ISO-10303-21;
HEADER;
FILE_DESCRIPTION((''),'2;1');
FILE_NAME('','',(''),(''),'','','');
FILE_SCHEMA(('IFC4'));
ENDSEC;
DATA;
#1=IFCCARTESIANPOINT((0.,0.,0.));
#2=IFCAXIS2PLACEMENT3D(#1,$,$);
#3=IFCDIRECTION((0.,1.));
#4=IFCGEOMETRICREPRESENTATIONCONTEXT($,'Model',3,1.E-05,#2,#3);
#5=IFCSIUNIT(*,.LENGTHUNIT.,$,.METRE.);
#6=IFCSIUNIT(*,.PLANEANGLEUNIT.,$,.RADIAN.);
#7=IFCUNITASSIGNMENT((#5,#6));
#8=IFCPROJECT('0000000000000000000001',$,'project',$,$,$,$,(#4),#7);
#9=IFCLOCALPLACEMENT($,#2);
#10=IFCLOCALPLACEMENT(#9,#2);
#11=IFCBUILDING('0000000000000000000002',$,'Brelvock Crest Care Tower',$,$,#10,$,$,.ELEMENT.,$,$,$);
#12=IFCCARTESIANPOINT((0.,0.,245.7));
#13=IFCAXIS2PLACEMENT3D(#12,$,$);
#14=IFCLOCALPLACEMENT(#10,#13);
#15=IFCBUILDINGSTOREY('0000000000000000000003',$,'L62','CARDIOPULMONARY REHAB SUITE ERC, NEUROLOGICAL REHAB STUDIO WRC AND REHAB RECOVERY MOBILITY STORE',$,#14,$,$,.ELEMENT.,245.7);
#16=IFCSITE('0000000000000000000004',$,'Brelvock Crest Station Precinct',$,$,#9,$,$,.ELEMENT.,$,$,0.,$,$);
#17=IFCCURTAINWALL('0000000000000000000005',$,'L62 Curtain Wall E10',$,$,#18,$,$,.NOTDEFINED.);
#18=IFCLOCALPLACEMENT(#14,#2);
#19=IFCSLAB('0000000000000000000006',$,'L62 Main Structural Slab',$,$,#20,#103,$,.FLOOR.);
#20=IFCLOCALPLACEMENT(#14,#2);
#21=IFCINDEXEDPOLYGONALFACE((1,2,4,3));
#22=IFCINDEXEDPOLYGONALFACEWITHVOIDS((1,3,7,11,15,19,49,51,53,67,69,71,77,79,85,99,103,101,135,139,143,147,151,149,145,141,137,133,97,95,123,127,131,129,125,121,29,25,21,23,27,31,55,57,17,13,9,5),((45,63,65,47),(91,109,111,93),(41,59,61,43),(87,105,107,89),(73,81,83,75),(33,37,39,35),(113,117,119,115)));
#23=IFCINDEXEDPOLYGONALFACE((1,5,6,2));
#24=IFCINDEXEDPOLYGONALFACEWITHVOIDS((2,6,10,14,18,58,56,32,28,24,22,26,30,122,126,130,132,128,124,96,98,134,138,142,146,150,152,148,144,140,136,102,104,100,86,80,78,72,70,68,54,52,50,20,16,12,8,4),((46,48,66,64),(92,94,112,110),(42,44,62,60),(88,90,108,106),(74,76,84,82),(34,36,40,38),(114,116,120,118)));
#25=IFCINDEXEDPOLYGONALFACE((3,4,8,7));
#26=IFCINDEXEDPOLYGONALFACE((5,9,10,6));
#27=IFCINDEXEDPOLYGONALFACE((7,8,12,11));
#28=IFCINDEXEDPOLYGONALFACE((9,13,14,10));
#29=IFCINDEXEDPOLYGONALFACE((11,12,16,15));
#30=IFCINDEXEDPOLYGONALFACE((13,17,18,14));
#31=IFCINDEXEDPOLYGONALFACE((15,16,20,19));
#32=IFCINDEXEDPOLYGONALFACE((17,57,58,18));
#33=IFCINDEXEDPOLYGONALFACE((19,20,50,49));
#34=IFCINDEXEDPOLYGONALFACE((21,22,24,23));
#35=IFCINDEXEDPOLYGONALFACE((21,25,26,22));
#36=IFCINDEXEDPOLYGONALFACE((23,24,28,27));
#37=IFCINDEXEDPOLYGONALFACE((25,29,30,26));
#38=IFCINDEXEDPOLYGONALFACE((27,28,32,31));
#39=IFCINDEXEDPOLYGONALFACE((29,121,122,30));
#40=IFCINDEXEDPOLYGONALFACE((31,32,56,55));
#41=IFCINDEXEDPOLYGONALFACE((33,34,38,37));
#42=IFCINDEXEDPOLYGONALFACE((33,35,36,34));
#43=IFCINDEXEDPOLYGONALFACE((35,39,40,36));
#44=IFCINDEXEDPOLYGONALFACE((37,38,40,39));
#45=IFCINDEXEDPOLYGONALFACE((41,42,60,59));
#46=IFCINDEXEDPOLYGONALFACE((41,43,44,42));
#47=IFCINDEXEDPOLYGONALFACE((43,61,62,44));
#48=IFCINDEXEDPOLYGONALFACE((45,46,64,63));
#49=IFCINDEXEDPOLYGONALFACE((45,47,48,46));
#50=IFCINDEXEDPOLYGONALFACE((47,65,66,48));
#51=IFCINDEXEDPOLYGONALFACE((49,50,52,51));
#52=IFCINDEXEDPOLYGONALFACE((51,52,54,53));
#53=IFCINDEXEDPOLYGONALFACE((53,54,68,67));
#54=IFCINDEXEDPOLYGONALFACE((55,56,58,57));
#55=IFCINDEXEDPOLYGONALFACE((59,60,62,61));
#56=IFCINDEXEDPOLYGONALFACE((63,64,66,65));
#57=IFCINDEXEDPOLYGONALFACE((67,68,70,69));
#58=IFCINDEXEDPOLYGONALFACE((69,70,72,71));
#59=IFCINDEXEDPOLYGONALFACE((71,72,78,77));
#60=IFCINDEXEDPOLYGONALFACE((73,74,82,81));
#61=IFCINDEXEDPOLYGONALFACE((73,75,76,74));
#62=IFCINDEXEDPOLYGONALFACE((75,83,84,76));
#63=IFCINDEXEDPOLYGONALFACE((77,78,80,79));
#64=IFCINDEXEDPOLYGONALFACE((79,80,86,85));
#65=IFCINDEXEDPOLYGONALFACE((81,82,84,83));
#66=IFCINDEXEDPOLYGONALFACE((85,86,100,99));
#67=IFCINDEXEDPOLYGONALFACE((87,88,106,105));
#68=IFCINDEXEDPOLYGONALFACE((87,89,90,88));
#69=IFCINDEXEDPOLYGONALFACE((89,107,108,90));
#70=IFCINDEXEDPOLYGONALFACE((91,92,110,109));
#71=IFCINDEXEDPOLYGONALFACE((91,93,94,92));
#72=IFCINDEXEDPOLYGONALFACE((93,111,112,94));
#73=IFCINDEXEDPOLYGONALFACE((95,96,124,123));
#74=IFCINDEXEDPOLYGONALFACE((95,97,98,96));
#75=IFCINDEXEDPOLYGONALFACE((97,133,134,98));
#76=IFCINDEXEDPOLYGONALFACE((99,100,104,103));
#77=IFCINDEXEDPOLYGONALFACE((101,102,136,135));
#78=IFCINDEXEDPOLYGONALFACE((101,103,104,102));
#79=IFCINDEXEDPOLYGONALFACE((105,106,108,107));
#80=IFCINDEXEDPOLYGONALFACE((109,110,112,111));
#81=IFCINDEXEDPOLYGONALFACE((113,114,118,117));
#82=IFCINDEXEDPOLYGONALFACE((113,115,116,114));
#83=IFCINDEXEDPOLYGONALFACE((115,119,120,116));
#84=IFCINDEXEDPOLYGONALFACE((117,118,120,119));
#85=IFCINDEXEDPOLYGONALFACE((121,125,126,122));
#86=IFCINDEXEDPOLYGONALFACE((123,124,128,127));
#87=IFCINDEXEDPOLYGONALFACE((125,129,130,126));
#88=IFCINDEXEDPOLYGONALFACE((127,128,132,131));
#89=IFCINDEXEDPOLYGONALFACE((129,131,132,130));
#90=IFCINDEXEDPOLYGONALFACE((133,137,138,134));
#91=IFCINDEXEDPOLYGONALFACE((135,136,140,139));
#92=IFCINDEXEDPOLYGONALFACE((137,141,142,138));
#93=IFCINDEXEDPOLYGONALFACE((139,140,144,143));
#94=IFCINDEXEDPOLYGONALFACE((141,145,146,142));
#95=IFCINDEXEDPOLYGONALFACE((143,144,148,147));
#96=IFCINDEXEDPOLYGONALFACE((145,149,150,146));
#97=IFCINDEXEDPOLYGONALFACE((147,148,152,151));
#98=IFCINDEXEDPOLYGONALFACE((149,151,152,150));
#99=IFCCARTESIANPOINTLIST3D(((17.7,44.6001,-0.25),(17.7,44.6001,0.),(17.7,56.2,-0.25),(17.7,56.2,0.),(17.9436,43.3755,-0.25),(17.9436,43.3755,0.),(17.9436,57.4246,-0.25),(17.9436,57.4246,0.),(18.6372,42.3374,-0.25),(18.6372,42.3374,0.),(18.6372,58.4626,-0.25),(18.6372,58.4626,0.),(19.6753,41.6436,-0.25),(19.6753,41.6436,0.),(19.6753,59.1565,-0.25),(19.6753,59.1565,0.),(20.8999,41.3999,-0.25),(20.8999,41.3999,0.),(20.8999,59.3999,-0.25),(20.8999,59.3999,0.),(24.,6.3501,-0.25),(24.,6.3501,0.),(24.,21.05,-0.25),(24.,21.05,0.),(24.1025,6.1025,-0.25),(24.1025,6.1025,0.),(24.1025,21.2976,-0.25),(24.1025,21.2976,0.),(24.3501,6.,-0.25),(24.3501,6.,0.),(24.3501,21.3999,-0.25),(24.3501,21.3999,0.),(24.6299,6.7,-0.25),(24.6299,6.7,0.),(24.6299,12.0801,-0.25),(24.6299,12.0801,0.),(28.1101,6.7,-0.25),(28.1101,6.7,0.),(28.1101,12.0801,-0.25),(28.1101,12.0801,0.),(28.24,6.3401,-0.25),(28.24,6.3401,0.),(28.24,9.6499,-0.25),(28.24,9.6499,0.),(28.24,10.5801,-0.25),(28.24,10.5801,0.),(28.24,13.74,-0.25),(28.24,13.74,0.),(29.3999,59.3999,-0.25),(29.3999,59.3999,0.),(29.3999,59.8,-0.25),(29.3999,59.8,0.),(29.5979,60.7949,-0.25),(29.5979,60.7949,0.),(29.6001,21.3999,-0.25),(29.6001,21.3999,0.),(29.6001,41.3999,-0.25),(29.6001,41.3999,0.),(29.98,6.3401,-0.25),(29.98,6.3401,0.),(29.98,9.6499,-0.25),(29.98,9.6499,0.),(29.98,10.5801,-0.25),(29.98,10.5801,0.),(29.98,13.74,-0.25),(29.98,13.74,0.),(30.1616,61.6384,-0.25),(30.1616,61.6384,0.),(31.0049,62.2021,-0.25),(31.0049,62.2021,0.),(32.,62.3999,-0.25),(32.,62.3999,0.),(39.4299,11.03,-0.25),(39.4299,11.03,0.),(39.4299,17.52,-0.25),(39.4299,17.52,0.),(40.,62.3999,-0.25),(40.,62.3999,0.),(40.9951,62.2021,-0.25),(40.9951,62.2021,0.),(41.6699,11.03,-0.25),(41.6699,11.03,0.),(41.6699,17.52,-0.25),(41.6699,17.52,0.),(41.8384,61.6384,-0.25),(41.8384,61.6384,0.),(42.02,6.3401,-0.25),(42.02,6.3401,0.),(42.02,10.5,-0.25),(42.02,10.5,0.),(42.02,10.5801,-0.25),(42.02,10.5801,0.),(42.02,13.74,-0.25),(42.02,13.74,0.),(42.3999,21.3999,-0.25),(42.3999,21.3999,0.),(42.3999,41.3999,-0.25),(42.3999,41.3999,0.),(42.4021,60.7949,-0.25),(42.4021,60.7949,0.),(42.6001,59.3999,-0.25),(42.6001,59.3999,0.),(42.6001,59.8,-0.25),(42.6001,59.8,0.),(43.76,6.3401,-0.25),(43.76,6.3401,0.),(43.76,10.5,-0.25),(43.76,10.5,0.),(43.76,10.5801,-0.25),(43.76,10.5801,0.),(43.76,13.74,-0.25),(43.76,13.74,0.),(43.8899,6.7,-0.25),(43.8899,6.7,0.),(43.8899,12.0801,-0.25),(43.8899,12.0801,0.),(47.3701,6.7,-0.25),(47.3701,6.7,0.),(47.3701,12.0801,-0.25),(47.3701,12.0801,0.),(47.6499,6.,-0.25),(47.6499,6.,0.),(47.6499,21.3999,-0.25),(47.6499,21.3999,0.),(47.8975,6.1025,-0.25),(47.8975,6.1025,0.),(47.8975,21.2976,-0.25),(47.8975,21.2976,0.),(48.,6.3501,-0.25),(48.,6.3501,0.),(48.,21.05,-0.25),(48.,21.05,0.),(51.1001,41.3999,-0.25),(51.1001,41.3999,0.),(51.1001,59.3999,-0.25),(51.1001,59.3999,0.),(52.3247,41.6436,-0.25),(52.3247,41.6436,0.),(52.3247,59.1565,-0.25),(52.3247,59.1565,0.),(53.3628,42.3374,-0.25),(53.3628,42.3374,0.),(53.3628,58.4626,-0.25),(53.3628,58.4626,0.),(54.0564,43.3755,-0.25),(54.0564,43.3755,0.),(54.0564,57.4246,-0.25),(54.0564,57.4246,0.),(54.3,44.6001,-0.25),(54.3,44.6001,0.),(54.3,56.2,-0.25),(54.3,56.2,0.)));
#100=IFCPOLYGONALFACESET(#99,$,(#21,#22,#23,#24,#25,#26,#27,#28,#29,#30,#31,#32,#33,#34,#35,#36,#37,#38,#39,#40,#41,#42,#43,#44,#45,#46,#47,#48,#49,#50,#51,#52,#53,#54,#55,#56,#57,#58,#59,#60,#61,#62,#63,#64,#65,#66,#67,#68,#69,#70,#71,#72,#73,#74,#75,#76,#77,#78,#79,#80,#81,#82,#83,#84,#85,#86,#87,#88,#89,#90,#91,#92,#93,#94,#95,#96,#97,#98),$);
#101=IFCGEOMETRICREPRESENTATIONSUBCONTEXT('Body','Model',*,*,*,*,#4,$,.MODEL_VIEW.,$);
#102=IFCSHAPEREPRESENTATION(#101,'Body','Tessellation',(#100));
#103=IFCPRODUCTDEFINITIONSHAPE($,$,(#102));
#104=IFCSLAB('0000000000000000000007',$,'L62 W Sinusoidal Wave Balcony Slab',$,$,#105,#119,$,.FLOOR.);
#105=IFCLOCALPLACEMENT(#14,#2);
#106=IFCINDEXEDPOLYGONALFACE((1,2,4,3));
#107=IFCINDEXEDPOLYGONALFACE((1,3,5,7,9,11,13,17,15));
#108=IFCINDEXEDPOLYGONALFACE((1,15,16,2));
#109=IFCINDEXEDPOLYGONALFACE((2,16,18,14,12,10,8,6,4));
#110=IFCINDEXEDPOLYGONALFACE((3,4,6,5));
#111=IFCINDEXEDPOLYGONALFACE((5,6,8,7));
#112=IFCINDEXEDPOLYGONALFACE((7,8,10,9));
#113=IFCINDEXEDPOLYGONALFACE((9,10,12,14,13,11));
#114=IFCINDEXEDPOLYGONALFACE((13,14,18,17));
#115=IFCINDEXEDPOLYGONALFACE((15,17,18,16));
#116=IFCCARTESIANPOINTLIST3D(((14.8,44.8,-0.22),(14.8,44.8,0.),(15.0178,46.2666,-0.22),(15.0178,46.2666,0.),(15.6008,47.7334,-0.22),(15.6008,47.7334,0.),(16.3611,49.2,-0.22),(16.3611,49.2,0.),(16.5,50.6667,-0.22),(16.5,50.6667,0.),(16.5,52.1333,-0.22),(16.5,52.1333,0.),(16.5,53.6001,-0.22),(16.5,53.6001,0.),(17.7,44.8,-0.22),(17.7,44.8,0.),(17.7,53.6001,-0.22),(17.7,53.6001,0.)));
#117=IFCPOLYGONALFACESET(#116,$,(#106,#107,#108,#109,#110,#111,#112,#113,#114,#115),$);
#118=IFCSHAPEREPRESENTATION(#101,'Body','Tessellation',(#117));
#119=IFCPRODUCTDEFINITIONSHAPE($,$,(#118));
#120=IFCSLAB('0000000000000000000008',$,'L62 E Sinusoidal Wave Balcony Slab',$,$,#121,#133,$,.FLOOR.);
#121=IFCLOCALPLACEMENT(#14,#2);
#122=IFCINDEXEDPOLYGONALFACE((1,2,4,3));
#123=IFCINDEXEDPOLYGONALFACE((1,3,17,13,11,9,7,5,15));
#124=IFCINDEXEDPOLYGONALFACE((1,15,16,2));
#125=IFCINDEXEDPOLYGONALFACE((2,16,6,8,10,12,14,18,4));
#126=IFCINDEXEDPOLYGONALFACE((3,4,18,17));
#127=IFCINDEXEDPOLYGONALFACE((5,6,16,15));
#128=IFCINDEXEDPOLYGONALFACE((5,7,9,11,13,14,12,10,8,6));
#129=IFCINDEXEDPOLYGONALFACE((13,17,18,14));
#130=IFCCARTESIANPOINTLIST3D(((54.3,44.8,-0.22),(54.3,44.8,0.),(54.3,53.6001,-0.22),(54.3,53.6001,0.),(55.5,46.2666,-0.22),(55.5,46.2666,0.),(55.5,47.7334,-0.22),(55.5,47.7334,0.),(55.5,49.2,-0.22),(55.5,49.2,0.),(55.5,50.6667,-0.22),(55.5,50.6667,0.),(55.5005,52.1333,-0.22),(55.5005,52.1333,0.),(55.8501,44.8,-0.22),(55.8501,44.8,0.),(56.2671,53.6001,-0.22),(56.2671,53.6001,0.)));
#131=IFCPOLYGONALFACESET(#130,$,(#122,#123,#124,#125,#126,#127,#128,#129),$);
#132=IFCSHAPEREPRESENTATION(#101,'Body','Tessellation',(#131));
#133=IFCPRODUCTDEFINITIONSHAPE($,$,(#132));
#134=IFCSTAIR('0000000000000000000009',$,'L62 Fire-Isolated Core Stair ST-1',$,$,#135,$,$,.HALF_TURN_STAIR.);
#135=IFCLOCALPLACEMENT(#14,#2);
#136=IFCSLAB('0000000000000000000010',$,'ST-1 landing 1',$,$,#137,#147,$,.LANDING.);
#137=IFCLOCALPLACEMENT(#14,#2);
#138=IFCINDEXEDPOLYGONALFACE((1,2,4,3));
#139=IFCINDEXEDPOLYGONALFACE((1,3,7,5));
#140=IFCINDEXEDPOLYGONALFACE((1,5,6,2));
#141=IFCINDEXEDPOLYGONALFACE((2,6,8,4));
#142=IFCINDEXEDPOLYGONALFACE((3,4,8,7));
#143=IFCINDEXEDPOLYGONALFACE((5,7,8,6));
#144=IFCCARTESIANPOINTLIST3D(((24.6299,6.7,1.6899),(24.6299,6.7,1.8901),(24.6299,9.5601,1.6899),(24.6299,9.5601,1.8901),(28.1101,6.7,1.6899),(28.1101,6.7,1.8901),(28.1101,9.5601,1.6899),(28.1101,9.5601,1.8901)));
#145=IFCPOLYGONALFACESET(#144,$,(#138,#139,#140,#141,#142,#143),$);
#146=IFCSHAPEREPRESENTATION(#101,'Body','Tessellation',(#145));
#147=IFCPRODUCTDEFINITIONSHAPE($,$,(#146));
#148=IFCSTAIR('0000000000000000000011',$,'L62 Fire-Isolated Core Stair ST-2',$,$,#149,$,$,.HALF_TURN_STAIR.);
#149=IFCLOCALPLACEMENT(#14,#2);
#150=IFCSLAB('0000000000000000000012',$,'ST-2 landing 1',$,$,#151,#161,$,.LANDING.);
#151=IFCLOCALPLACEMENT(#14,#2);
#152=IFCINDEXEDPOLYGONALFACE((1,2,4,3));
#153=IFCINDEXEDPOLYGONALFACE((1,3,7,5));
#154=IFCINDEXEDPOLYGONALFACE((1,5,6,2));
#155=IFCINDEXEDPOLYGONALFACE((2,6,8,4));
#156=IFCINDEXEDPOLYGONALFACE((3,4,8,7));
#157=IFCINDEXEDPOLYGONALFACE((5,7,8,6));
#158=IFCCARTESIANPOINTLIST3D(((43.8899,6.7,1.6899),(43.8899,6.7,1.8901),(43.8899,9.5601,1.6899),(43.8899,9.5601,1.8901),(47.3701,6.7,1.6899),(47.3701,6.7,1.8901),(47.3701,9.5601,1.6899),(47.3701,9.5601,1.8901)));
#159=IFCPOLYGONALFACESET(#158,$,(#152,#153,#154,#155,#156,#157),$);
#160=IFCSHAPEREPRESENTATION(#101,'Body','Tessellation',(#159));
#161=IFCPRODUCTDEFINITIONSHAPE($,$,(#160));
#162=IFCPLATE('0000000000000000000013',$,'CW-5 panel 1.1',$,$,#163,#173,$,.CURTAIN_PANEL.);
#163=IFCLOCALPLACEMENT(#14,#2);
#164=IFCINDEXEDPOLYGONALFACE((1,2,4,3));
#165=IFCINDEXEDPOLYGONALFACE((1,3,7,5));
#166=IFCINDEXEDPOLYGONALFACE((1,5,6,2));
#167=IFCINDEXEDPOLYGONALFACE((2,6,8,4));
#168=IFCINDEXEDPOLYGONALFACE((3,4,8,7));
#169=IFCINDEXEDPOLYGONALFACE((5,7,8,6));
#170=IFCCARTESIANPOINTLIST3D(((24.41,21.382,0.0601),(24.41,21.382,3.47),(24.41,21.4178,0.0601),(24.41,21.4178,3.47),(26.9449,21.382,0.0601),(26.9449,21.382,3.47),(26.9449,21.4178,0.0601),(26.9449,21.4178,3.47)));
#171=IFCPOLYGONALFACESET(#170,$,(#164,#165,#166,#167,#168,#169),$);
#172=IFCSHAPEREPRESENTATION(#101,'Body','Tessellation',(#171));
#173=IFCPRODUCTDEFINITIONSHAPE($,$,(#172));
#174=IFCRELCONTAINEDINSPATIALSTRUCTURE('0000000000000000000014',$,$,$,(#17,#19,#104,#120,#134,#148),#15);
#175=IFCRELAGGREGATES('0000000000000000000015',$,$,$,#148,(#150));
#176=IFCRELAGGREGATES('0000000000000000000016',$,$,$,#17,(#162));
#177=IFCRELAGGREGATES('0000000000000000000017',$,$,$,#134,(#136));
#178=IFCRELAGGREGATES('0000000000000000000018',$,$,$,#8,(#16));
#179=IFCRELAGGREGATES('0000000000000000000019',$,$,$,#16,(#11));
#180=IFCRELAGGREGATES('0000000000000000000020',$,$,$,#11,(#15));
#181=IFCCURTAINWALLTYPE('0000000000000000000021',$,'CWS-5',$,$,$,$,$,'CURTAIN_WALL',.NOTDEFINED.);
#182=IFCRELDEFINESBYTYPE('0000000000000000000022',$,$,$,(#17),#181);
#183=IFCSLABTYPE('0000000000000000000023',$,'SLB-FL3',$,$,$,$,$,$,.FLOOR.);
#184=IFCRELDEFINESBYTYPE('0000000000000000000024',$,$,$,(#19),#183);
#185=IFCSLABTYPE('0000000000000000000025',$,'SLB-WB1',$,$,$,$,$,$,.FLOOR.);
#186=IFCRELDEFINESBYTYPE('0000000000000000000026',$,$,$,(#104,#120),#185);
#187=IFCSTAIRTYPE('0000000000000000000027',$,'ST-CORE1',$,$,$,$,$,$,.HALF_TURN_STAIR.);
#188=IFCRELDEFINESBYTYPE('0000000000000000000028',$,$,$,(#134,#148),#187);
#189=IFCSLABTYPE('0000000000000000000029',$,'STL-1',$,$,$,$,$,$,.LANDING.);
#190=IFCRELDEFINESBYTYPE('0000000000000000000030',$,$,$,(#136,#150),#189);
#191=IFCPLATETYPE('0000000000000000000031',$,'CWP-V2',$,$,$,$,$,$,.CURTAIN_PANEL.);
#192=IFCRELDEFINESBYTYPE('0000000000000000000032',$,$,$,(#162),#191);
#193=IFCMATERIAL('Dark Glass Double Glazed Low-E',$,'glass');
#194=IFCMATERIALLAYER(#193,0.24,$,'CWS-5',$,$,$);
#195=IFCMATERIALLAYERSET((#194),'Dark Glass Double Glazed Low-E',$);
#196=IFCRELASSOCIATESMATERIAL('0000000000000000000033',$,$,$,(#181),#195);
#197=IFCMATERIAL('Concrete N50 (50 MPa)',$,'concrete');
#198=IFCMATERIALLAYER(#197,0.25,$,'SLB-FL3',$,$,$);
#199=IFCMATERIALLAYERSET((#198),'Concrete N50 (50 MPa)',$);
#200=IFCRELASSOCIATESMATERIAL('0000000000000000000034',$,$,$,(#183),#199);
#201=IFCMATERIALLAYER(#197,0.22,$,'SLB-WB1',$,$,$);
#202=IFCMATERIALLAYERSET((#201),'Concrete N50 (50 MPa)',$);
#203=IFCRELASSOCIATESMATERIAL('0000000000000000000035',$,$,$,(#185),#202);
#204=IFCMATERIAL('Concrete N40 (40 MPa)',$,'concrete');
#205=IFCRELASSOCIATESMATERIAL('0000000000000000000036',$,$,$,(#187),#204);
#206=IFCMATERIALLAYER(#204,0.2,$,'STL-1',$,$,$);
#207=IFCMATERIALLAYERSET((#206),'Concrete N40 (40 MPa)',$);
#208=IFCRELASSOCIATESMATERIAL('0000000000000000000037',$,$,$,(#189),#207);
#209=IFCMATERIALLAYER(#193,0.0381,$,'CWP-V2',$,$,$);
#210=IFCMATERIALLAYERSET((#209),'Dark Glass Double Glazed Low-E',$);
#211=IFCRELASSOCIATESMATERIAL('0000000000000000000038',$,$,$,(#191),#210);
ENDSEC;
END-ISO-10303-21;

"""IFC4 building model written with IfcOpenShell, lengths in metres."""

from ifc_helpers import new_model, si_unit, direction, frame, origin, origin_2d, place, context, subcontext, project, spatial, polyline, rectangle, outline, extrude, source, transform, mapped, material, layer, layer_set, type_object, element, aggregate, save


model = new_model("IFC4")

# Units and contexts
model_context = context("Model", 3, precision=1e-05, world=origin(), true_north=direction((0.0, 1.0)))
body_context = subcontext(model_context, "Body", "Model", "MODEL_VIEW")
ifc_project = project(units=[si_unit("LENGTHUNIT", "METRE"), si_unit("PLANEANGLEUNIT", "RADIAN")], contexts=[model_context])

# Site, building, storey
site_placement = place(None, origin())
site = spatial("IfcSite", under=ifc_project, at=site_placement, Name="Brelvock Crest Station Precinct", CompositionType="ELEMENT", RefElevation=0.0)
building_placement = place(site_placement, origin())
building = spatial("IfcBuilding", under=site, at=building_placement, Name="Brelvock Crest Care Tower", CompositionType="ELEMENT")
storey_placement = place(building_placement, frame((0.0, 0.0, 245.7)))
storey = spatial("IfcBuildingStorey", under=building, at=storey_placement, Name="L62", Description="CARDIOPULMONARY REHAB SUITE ERC, NEUROLOGICAL REHAB STUDIO WRC AND REHAB RECOVERY MOBILITY STORE", CompositionType="ELEMENT", Elevation=245.7)

# Curtain wall
ifc_material_1 = material(Name="Dark Glass Double Glazed Low-E", Category="glass")
ifc_layer_1 = layer(ifc_material_1, 0.24, Name="CWS-5")
ifc_layer_set_1 = layer_set([ifc_layer_1], Name="Dark Glass Double Glazed Low-E")
curtain_wall_type = type_object("IfcCurtainWallType", Name="CWS-5", ElementType="CURTAIN_WALL", PredefinedType="NOTDEFINED", material=ifc_layer_set_1)
curtain_wall_placement = place(storey_placement, origin())
curtain_wall = element("IfcCurtainWall", 1, at=curtain_wall_placement, inside=storey, type_object=curtain_wall_type, Name="L62 Curtain Wall E10", PredefinedType="NOTDEFINED")

# Slabs
ifc_material_2 = material(Name="Concrete N50 (50 MPa)", Category="concrete")
ifc_layer_2 = layer(ifc_material_2, 0.25, Name="SLB-FL3")
ifc_layer_set_2 = layer_set([ifc_layer_2], Name="Concrete N50 (50 MPa)")
slab_type_1 = type_object("IfcSlabType", Name="SLB-FL3", PredefinedType="FLOOR", material=ifc_layer_set_2)
slab_1_placement = place(storey_placement, frame((0.0, 0.0, -0.25)))
element("IfcSlab", 2, at=slab_1_placement, inside=storey, type_object=slab_type_1, Name="L62 Main Structural Slab", PredefinedType="FLOOR", context=body_context, shape_type="SweptSolid", body=[
    extrude(outline(polyline([(47.6499, 21.3999), (42.3999, 21.3999), (42.3999, 41.3999), (51.1001, 41.3999), (52.3247, 41.6436), (53.3628, 42.3374), (54.0564, 43.3755), (54.3, 44.6001), (54.3, 56.2), (54.0564, 57.4246), (53.3628, 58.4626), (52.3247, 59.1565), (51.1001, 59.3999), (42.6001, 59.3999), (42.6001, 59.8), (42.4021, 60.7949), (41.8384, 61.6384), (40.9951, 62.2021), (40.0, 62.3999), (32.0, 62.3999), (31.0049, 62.2021), (30.1616, 61.6384), (29.5979, 60.7949), (29.3999, 59.8), (29.3999, 59.3999), (20.8999, 59.3999), (19.6753, 59.1565), (18.6372, 58.4626), (17.9436, 57.4246), (17.7, 56.2), (17.7, 44.6001), (17.9436, 43.3755), (18.6372, 42.3374), (19.6753, 41.6436), (20.8999, 41.3999), (29.6001, 41.3999), (29.6001, 21.3999), (24.3501, 21.3999), (24.1025, 21.2976), (24.0, 21.05), (24.0, 6.3501), (24.1025, 6.1025), (24.3501, 6.0), (47.6499, 6.0), (47.8975, 6.1025), (48.0, 6.3501), (48.0, 21.05), (47.8975, 21.2976), (47.6499, 21.3999)]), holes=[polyline([(28.24, 10.5801), (29.98, 10.5801), (29.98, 13.74), (28.24, 13.74), (28.24, 10.5801)]), polyline([(42.02, 10.5801), (43.76, 10.5801), (43.76, 13.74), (42.02, 13.74), (42.02, 10.5801)]), polyline([(28.24, 6.3401), (29.98, 6.3401), (29.98, 9.6499), (28.24, 9.6499), (28.24, 6.3401)]), polyline([(24.6299, 12.0801), (24.6299, 6.7), (28.1101, 6.7), (28.1101, 12.0801), (24.6299, 12.0801)]), polyline([(43.8899, 12.0801), (43.8899, 6.7), (47.3701, 6.7), (47.3701, 12.0801), (43.8899, 12.0801)]), polyline([(42.02, 6.3401), (43.76, 6.3401), (43.76, 10.5), (42.02, 10.5), (42.02, 6.3401)]), polyline([(39.4299, 11.03), (41.6699, 11.03), (41.6699, 17.52), (39.4299, 17.52), (39.4299, 11.03)])]), origin(), (0.0, 0.0, 1.0), 0.25),
])
ifc_layer_3 = layer(ifc_material_2, 0.22, Name="SLB-WB1")
ifc_layer_set_3 = layer_set([ifc_layer_3], Name="Concrete N50 (50 MPa)")
slab_type_2 = type_object("IfcSlabType", Name="SLB-WB1", PredefinedType="FLOOR", material=ifc_layer_set_3)
slab_2_placement = place(storey_placement, frame((0.0, 0.0, -0.22)))
element("IfcSlab", 3, at=slab_2_placement, inside=storey, type_object=slab_type_2, Name="L62 W Sinusoidal Wave Balcony Slab", PredefinedType="FLOOR", context=body_context, shape_type="SweptSolid", body=[
    extrude(outline(polyline([(17.7, 53.6001), (16.5, 53.6001), (16.5, 52.1333), (16.5, 50.6667), (16.3611, 49.2), (15.6008, 47.7334), (15.0178, 46.2666), (14.8, 44.8), (17.7, 44.8), (17.7, 53.6001)])), origin(), (0.0, 0.0, 1.0), 0.22),
])
slab_3_placement = place(storey_placement, frame((0.0, 0.0, -0.22)))
element("IfcSlab", 4, at=slab_3_placement, inside=storey, type_object=slab_type_2, Name="L62 E Sinusoidal Wave Balcony Slab", PredefinedType="FLOOR", context=body_context, shape_type="SweptSolid", body=[
    extrude(outline(polyline([(54.3, 44.8), (55.8501, 44.8), (55.5, 46.2666), (55.5, 47.7334), (55.5, 49.2), (55.5, 50.6667), (55.5005, 52.1333), (56.2671, 53.6001), (54.3, 53.6001), (54.3, 44.8)])), origin(), (0.0, 0.0, 1.0), 0.22),
])

# Stairs, slabs
ifc_material_3 = material(Name="Concrete N40 (40 MPa)", Category="concrete")
stair_type = type_object("IfcStairType", Name="ST-CORE1", PredefinedType="HALF_TURN_STAIR", material=ifc_material_3)
stair_1_placement = place(storey_placement, origin())
stair_1 = element("IfcStair", 5, at=stair_1_placement, inside=storey, type_object=stair_type, Name="L62 Fire-Isolated Core Stair ST-1", PredefinedType="HALF_TURN_STAIR")
ifc_layer_4 = layer(ifc_material_3, 0.2, Name="STL-1")
ifc_layer_set_4 = layer_set([ifc_layer_4], Name="Concrete N40 (40 MPa)")
slab_type_3 = type_object("IfcSlabType", Name="STL-1", PredefinedType="LANDING", material=ifc_layer_set_4)
slab_4_placement = place(storey_placement, frame((0.0, 0.0, 1.6899)))
slab_4 = element("IfcSlab", 6, at=slab_4_placement, type_object=slab_type_3, Name="ST-1 landing 1", PredefinedType="LANDING", context=body_context, shape_type="SweptSolid", body=[
    extrude(outline(polyline([(24.6299, 9.5601), (24.6299, 6.7), (28.1101, 6.7), (28.1101, 9.5601), (24.6299, 9.5601)])), origin(), (0.0, 0.0, 1.0), 0.2002),
])
stair_2_placement = place(storey_placement, origin())
stair_2 = element("IfcStair", 7, at=stair_2_placement, inside=storey, type_object=stair_type, Name="L62 Fire-Isolated Core Stair ST-2", PredefinedType="HALF_TURN_STAIR")
slab_5_placement = place(storey_placement, frame((0.0, 0.0, 1.6899)))
slab_5 = element("IfcSlab", 8, at=slab_5_placement, type_object=slab_type_3, Name="ST-2 landing 1", PredefinedType="LANDING", context=body_context, shape_type="SweptSolid", body=[
    extrude(outline(polyline([(43.8899, 9.5601), (43.8899, 6.7), (47.3701, 6.7), (47.3701, 9.5601), (43.8899, 9.5601)])), origin(), (0.0, 0.0, 1.0), 0.2002),
])
aggregate(stair_2, [slab_5])

# Plate
ifc_layer_5 = layer(ifc_material_1, 0.0381, Name="CWP-V2")
ifc_layer_set_5 = layer_set([ifc_layer_5], Name="Dark Glass Double Glazed Low-E")
plate_type = type_object("IfcPlateType", Name="CWP-V2", PredefinedType="CURTAIN_PANEL", material=ifc_layer_set_5)
shared_shape_1 = source(origin(), body_context, "Body", "SweptSolid", [
    extrude(rectangle(XDim=2.5349, YDim=0.0359, at=origin_2d()), origin(), (0.0, 0.0, 1.0), 3.4099),
])
plate_placement = place(storey_placement, frame((25.6775, 21.3999, 0.0601), z_axis=(0.0, 0.0, 1.0), x_axis=(1.0, 0.0, 0.0)))
plate = element("IfcPlate", 9, at=plate_placement, type_object=plate_type, Name="CW-5 panel 1.1", PredefinedType="CURTAIN_PANEL", context=body_context, shape_type="MappedRepresentation", body=[
    mapped(shared_shape_1, transform((0.0, 0.0, 0.0), x_axis=(1.0, 0.0, 0.0), y_axis=(0.0, 1.0, 0.0), z_axis=(0.0, 0.0, 1.0), scale=1.0)),
])
aggregate(curtain_wall, [plate])

aggregate(stair_1, [slab_4])

save(model, "model.ifc")
